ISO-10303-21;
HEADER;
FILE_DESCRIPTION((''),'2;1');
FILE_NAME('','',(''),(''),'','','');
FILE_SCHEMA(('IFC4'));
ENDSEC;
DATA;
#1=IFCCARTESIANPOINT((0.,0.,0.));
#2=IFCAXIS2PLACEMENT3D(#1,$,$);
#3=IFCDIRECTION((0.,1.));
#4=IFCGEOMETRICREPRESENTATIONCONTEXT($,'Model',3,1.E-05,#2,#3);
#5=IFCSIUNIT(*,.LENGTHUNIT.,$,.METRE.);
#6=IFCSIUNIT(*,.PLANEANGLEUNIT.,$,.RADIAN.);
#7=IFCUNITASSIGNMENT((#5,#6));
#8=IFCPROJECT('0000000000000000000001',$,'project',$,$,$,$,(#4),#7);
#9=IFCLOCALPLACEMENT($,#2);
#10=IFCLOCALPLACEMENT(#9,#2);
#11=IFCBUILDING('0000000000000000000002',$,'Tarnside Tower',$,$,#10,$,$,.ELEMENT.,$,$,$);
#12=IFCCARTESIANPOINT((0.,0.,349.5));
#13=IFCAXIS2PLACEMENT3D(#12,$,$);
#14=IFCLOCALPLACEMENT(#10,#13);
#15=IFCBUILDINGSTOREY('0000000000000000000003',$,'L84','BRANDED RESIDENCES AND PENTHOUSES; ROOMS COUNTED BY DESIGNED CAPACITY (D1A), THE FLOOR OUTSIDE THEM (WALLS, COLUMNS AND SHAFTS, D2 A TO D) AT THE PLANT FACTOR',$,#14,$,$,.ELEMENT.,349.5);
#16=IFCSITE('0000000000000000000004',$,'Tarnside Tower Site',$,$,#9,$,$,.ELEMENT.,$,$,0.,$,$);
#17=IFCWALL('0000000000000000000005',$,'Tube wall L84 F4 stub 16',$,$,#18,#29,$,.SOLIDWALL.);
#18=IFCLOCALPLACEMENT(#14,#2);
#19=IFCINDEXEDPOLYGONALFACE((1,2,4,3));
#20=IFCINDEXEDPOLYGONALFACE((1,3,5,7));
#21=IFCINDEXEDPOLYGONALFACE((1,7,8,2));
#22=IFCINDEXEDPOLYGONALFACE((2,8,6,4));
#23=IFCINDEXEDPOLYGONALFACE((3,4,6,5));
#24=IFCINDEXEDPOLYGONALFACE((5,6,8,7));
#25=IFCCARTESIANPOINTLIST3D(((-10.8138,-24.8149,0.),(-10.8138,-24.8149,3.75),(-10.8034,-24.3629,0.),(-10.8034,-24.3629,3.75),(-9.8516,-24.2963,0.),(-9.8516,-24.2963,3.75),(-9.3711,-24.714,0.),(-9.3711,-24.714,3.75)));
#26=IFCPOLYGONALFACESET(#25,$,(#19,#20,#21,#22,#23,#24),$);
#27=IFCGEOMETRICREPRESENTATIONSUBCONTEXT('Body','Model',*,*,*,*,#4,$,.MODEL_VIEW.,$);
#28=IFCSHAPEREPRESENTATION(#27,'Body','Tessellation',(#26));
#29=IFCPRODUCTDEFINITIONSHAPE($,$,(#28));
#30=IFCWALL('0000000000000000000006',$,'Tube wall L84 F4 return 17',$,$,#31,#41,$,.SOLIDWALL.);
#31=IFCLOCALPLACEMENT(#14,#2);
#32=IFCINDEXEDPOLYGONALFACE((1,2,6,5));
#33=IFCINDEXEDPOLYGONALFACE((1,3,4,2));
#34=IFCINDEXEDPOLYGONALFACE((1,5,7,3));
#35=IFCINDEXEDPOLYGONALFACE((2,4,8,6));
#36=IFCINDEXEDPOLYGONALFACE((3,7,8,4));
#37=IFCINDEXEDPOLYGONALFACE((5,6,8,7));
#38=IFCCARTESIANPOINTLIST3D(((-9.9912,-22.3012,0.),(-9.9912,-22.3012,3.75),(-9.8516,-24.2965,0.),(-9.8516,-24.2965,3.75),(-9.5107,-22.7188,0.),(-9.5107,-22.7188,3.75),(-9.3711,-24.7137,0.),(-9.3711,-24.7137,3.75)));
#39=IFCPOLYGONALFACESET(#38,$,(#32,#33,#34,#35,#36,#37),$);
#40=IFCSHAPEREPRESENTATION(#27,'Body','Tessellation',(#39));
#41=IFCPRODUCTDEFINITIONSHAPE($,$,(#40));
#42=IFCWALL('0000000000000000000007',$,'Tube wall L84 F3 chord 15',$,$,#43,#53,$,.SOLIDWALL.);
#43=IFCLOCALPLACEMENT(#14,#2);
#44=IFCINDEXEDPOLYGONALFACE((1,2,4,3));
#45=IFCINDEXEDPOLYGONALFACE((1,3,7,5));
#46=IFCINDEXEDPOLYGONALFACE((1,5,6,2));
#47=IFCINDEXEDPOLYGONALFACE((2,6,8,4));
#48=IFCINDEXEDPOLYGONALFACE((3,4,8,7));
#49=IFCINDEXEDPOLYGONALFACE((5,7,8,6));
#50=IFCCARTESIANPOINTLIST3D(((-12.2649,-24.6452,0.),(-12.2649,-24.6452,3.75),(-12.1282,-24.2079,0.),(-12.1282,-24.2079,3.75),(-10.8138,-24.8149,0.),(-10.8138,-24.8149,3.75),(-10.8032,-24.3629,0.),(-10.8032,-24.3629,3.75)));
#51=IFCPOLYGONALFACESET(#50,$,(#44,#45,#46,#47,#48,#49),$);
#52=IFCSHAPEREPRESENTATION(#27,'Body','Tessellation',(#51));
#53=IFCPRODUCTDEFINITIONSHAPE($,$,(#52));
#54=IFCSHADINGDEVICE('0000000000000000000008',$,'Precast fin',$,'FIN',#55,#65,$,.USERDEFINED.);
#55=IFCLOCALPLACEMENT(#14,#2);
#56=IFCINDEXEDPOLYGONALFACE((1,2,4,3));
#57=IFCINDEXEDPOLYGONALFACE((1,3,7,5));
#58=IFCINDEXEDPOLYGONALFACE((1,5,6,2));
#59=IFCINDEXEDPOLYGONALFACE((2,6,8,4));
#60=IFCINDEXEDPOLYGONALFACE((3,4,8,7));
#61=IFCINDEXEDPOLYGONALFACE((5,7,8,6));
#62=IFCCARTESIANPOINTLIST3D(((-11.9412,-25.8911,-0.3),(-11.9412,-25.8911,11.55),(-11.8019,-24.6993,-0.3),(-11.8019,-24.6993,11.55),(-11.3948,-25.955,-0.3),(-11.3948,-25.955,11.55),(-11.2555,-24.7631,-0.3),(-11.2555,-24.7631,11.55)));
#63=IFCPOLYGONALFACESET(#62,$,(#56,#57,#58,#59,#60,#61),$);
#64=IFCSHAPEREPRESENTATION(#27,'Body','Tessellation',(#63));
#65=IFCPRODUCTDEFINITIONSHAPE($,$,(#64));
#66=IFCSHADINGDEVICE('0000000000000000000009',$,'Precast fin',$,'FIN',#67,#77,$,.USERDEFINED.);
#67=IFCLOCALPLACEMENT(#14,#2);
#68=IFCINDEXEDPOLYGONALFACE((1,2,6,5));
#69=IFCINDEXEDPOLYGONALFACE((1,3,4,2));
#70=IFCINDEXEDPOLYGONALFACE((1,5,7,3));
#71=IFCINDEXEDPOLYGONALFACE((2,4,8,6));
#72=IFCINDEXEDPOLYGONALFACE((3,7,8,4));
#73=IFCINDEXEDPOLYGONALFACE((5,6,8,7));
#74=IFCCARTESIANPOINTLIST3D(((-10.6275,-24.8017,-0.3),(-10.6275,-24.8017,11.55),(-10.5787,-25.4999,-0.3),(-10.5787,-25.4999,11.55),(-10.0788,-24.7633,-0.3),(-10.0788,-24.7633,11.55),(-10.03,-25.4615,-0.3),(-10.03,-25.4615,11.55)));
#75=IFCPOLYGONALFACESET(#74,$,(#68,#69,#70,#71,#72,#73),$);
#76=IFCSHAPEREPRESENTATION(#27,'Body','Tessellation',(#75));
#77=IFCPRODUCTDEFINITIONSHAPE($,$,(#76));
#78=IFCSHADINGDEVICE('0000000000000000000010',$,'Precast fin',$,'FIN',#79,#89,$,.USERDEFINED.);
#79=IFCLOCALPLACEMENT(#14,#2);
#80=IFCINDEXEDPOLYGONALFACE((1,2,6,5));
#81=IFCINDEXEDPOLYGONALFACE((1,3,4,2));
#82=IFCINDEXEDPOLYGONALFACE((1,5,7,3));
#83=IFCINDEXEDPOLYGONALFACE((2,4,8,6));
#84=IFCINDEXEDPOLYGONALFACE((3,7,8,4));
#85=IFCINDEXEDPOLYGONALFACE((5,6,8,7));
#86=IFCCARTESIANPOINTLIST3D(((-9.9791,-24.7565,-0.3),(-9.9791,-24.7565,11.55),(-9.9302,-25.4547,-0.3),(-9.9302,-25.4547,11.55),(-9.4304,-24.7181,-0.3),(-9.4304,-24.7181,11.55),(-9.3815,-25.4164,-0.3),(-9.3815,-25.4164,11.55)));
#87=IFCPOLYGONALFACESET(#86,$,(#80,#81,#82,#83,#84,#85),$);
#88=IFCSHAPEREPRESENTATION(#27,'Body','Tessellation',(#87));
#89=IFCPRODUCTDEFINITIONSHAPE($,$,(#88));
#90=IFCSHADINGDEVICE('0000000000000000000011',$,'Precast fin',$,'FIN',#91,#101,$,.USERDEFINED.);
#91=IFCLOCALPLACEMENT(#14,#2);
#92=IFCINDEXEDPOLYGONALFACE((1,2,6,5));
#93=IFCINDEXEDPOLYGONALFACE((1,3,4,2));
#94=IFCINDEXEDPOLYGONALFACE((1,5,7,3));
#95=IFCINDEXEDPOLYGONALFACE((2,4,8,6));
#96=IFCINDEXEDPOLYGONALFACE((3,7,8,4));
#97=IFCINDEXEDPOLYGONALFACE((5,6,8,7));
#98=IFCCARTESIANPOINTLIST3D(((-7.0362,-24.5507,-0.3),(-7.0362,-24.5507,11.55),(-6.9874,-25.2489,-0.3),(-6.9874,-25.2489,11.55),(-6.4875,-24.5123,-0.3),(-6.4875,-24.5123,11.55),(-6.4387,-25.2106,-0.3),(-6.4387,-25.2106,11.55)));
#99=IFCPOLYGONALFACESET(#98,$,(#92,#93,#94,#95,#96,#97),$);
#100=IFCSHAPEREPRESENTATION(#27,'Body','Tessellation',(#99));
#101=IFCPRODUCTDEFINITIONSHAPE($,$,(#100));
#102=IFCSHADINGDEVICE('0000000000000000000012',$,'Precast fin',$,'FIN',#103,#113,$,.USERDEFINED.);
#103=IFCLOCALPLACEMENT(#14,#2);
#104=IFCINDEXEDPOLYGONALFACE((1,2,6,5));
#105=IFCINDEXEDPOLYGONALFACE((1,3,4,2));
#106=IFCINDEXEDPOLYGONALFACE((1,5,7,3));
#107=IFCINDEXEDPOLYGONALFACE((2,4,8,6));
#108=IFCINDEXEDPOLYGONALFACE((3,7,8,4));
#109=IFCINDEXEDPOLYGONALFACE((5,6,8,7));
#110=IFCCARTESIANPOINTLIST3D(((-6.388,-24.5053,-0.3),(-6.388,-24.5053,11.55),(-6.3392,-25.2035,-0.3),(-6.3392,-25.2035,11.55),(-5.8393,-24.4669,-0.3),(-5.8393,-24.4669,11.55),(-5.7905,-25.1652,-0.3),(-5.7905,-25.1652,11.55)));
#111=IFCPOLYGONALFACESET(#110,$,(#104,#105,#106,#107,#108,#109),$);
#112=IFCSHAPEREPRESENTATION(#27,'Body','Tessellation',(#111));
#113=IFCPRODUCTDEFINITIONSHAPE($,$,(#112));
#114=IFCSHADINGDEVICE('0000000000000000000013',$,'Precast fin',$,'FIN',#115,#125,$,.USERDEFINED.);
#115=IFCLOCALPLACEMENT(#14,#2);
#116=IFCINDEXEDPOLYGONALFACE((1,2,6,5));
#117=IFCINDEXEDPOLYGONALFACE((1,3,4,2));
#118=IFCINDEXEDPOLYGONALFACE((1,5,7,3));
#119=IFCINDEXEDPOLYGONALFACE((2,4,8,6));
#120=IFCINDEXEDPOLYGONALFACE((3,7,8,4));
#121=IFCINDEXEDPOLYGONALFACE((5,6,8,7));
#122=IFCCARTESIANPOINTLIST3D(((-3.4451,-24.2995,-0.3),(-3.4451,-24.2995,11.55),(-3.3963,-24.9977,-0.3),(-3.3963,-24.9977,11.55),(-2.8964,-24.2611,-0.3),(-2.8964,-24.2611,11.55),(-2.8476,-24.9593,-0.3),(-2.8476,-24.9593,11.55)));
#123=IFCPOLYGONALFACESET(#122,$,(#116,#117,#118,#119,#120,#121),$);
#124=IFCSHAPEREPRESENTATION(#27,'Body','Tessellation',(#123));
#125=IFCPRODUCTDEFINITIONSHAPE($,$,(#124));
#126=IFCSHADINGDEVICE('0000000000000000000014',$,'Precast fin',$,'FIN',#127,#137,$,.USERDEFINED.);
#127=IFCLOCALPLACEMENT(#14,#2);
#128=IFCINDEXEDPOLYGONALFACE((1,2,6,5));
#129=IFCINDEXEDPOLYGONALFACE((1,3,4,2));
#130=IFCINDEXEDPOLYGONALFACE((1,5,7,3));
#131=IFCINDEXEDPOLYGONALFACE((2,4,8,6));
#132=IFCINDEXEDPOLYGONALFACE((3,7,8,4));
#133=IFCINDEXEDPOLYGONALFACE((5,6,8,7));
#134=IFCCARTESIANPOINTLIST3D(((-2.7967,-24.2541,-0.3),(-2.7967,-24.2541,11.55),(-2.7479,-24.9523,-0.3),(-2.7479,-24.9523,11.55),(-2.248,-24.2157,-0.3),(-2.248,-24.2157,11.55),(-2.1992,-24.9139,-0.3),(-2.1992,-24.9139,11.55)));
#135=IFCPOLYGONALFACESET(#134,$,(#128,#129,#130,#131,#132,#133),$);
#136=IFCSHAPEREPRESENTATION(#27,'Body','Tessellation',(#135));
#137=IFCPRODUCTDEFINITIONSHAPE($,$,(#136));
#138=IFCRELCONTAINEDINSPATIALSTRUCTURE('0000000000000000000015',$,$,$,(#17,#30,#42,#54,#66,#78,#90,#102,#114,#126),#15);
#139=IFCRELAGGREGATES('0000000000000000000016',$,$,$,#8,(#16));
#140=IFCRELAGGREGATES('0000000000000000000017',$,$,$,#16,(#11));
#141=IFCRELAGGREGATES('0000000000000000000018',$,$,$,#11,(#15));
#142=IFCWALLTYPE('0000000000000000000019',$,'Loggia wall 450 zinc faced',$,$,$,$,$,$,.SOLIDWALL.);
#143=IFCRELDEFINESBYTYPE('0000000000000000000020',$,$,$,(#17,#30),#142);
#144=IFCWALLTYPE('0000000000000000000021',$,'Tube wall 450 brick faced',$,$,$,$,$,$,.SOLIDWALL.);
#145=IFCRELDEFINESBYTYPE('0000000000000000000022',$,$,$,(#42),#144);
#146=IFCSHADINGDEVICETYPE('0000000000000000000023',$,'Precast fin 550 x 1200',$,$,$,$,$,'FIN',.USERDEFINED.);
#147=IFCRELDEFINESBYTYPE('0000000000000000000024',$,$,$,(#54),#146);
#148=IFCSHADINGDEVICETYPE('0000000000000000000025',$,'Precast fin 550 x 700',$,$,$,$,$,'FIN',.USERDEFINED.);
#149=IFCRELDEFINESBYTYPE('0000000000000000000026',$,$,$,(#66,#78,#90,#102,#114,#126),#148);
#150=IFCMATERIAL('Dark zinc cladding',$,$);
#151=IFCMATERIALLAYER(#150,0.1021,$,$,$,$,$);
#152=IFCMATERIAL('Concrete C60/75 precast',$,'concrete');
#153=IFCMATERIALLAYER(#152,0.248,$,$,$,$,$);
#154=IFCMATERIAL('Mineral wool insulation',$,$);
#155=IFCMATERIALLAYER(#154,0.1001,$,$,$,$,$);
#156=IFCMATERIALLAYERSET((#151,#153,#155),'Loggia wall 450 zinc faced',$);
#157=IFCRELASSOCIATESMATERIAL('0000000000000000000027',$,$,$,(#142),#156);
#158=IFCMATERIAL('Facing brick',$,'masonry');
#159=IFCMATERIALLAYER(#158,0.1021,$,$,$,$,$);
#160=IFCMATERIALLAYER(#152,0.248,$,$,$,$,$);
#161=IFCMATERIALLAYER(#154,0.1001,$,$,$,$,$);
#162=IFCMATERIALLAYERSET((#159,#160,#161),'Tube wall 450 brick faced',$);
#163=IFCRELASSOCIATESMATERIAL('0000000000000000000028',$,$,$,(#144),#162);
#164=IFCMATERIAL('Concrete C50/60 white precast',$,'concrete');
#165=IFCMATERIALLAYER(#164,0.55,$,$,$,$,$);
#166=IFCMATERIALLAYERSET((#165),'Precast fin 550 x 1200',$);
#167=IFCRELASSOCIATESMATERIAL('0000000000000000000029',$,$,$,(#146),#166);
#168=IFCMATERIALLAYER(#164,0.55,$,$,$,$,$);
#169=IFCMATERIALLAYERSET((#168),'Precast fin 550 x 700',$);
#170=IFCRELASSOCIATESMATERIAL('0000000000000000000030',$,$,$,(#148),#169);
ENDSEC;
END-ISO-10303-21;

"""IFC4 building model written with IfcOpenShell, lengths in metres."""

from ifc_helpers import new_model, si_unit, direction, frame, origin, place, context, subcontext, project, spatial, polyline, outline, extrude, material, layer, layer_set, type_object, element, save


model = new_model("IFC4")

# Units and contexts
model_context = context("Model", 3, precision=1e-05, world=origin(), true_north=direction((0.0, 1.0)))
body_context = subcontext(model_context, "Body", "Model", "MODEL_VIEW")
ifc_project = project(units=[si_unit("LENGTHUNIT", "METRE"), si_unit("PLANEANGLEUNIT", "RADIAN")], contexts=[model_context])

# Site, building, storey
site_placement = place(None, origin())
site = spatial("IfcSite", under=ifc_project, at=site_placement, Name="Tarnside Tower Site", CompositionType="ELEMENT", RefElevation=0.0)
building_placement = place(site_placement, origin())
building = spatial("IfcBuilding", under=site, at=building_placement, Name="Tarnside Tower", CompositionType="ELEMENT")
storey_placement = place(building_placement, frame((0.0, 0.0, 349.5)))
storey = spatial("IfcBuildingStorey", under=building, at=storey_placement, Name="L84", Description="BRANDED RESIDENCES AND PENTHOUSES; ROOMS COUNTED BY DESIGNED CAPACITY (D1A), THE FLOOR OUTSIDE THEM (WALLS, COLUMNS AND SHAFTS, D2 A TO D) AT THE PLANT FACTOR", CompositionType="ELEMENT", Elevation=349.5)

# Walls
ifc_material_1 = material(Name="Dark zinc cladding")
ifc_layer_1 = layer(ifc_material_1, 0.1021)
ifc_material_2 = material(Name="Concrete C60/75 precast", Category="concrete")
ifc_layer_2 = layer(ifc_material_2, 0.248)
ifc_material_3 = material(Name="Mineral wool insulation")
ifc_layer_3 = layer(ifc_material_3, 0.1001)
ifc_layer_set_1 = layer_set([ifc_layer_1, ifc_layer_2, ifc_layer_3], Name="Loggia wall 450 zinc faced")
wall_type_1 = type_object("IfcWallType", Name="Loggia wall 450 zinc faced", PredefinedType="SOLIDWALL", material=ifc_layer_set_1)
wall_1_placement = place(storey_placement, frame((-10.8086, -24.5889, 0.0), z_axis=(0.0, 0.0, 1.0), x_axis=(0.997563, 0.069772, 0.0)))
element("IfcWall", 1, at=wall_1_placement, inside=storey, type_object=wall_type_1, Name="Tube wall L84 F4 stub 16", PredefinedType="SOLIDWALL", context=body_context, shape_type="SweptSolid", body=[
    extrude(outline(polyline([(-0.021, -0.2251), (1.4253, -0.2251), (0.9751, 0.2251), (0.021, 0.2251), (-0.021, -0.2251)])), origin(), (0.0, 0.0, 1.0), 3.75),
])
wall_2_placement = place(storey_placement, frame((-9.6113, -24.5051, 0.0), z_axis=(0.0, 0.0, 1.0), x_axis=(-0.069824, 0.997559, 0.0)))
element("IfcWall", 2, at=wall_2_placement, inside=storey, type_object=wall_type_1, Name="Tube wall L84 F4 return 17", PredefinedType="SOLIDWALL", context=body_context, shape_type="SweptSolid", body=[
    extrude(outline(polyline([(-0.2249, -0.2251), (1.7749, -0.2251), (2.2251, 0.2251), (0.2249, 0.2251), (-0.2249, -0.2251)])), origin(), (0.0, 0.0, 1.0), 3.75),
])
ifc_material_4 = material(Name="Facing brick", Category="masonry")
ifc_layer_4 = layer(ifc_material_4, 0.1021)
ifc_layer_5 = layer(ifc_material_2, 0.248)
ifc_layer_6 = layer(ifc_material_3, 0.1001)
ifc_layer_set_2 = layer_set([ifc_layer_4, ifc_layer_5, ifc_layer_6], Name="Tube wall 450 brick faced")
wall_type_2 = type_object("IfcWallType", Name="Tube wall 450 brick faced", PredefinedType="SOLIDWALL", material=ifc_layer_set_2)
wall_3_placement = place(storey_placement, frame((-12.1965, -24.4265, 0.0), z_axis=(0.0, 0.0, 1.0), x_axis=(0.993228, -0.116182, 0.0)))
element("IfcWall", 3, at=wall_3_placement, inside=storey, type_object=wall_type_2, Name="Tube wall L84 F3 chord 15", PredefinedType="SOLIDWALL", context=body_context, shape_type="SweptSolid", body=[
    extrude(outline(polyline([(-0.0425, -0.2251), (1.4185, -0.2251), (1.3765, 0.2251), (0.0425, 0.2251), (-0.0425, -0.2251)])), origin(), (0.0, 0.0, 1.0), 3.75),
])

# Shading devices
ifc_material_5 = material(Name="Concrete C50/60 white precast", Category="concrete")
ifc_layer_7 = layer(ifc_material_5, 0.55)
ifc_layer_set_3 = layer_set([ifc_layer_7], Name="Precast fin 550 x 1200")
shading_device_type_1 = type_object("IfcShadingDeviceType", Name="Precast fin 550 x 1200", ElementType="FIN", PredefinedType="USERDEFINED", material=ifc_layer_set_3)
shading_device_placement = place(storey_placement, frame((-11.5286, -24.7312, -0.3), z_axis=(-0.993238, 0.116093, 0.0), x_axis=(-0.116093, -0.993238, 0.0)))
element("IfcShadingDevice", 4, at=shading_device_placement, inside=storey, type_object=shading_device_type_1, Name="Precast fin", ObjectType="FIN", PredefinedType="USERDEFINED", context=body_context, shape_type="SweptSolid", body=[
    extrude(outline(polyline([(0.0, 0.0), (1.2, 0.0), (1.2, 11.8501), (0.0, 11.8501), (0.0, 0.0)])), frame((0.0, 0.0, -0.2749)), (0.0, 0.0, 1.0), 0.55),
])
ifc_layer_8 = layer(ifc_material_5, 0.55)
ifc_layer_set_4 = layer_set([ifc_layer_8], Name="Precast fin 550 x 700")
shading_device_type_2 = type_object("IfcShadingDeviceType", Name="Precast fin 550 x 700", ElementType="FIN", PredefinedType="USERDEFINED", material=ifc_layer_set_4)
for number, where, z_axis, x_axis, name in (
    (5, (-10.353, -24.7825, -0.3), (-0.997564, -0.069756, 0.0), (0.069756, -0.997564, 0.0), "Precast fin"),
    (6, (-9.7046, -24.7373, -0.3), (-0.997564, -0.069756, 0.0), (0.069756, -0.997564, 0.0), "Precast fin"),
    (7, (-6.7617, -24.5315, -0.3), (-0.997564, -0.069756, 0.0), (0.069756, -0.997564, 0.0), "Precast fin"),
    (8, (-6.1135, -24.4861, -0.3), (-0.997564, -0.069756, 0.0), (0.069756, -0.997564, 0.0), "Precast fin"),
    (9, (-3.1707, -24.2803, -0.3), (-0.997564, -0.069756, 0.0), (0.069756, -0.997564, 0.0), "Precast fin"),
    (10, (-2.5222, -24.2349, -0.3), (-0.997564, -0.069756, 0.0), (0.069756, -0.997564, 0.0), "Precast fin"),
):
    element("IfcShadingDevice", number, at=place(storey_placement, frame(where, z_axis=z_axis, x_axis=x_axis)), inside=storey, type_object=shading_device_type_2, Name=name, ObjectType="FIN", PredefinedType="USERDEFINED", context=body_context, shape_type="SweptSolid", body=[
        extrude(outline(polyline([(0.0, 0.0), (0.7, 0.0), (0.7, 11.8501), (0.0, 11.8501), (0.0, 0.0)])), frame((0.0, 0.0, -0.2749)), (0.0, 0.0, 1.0), 0.55),
    ])

save(model, "model.ifc")
